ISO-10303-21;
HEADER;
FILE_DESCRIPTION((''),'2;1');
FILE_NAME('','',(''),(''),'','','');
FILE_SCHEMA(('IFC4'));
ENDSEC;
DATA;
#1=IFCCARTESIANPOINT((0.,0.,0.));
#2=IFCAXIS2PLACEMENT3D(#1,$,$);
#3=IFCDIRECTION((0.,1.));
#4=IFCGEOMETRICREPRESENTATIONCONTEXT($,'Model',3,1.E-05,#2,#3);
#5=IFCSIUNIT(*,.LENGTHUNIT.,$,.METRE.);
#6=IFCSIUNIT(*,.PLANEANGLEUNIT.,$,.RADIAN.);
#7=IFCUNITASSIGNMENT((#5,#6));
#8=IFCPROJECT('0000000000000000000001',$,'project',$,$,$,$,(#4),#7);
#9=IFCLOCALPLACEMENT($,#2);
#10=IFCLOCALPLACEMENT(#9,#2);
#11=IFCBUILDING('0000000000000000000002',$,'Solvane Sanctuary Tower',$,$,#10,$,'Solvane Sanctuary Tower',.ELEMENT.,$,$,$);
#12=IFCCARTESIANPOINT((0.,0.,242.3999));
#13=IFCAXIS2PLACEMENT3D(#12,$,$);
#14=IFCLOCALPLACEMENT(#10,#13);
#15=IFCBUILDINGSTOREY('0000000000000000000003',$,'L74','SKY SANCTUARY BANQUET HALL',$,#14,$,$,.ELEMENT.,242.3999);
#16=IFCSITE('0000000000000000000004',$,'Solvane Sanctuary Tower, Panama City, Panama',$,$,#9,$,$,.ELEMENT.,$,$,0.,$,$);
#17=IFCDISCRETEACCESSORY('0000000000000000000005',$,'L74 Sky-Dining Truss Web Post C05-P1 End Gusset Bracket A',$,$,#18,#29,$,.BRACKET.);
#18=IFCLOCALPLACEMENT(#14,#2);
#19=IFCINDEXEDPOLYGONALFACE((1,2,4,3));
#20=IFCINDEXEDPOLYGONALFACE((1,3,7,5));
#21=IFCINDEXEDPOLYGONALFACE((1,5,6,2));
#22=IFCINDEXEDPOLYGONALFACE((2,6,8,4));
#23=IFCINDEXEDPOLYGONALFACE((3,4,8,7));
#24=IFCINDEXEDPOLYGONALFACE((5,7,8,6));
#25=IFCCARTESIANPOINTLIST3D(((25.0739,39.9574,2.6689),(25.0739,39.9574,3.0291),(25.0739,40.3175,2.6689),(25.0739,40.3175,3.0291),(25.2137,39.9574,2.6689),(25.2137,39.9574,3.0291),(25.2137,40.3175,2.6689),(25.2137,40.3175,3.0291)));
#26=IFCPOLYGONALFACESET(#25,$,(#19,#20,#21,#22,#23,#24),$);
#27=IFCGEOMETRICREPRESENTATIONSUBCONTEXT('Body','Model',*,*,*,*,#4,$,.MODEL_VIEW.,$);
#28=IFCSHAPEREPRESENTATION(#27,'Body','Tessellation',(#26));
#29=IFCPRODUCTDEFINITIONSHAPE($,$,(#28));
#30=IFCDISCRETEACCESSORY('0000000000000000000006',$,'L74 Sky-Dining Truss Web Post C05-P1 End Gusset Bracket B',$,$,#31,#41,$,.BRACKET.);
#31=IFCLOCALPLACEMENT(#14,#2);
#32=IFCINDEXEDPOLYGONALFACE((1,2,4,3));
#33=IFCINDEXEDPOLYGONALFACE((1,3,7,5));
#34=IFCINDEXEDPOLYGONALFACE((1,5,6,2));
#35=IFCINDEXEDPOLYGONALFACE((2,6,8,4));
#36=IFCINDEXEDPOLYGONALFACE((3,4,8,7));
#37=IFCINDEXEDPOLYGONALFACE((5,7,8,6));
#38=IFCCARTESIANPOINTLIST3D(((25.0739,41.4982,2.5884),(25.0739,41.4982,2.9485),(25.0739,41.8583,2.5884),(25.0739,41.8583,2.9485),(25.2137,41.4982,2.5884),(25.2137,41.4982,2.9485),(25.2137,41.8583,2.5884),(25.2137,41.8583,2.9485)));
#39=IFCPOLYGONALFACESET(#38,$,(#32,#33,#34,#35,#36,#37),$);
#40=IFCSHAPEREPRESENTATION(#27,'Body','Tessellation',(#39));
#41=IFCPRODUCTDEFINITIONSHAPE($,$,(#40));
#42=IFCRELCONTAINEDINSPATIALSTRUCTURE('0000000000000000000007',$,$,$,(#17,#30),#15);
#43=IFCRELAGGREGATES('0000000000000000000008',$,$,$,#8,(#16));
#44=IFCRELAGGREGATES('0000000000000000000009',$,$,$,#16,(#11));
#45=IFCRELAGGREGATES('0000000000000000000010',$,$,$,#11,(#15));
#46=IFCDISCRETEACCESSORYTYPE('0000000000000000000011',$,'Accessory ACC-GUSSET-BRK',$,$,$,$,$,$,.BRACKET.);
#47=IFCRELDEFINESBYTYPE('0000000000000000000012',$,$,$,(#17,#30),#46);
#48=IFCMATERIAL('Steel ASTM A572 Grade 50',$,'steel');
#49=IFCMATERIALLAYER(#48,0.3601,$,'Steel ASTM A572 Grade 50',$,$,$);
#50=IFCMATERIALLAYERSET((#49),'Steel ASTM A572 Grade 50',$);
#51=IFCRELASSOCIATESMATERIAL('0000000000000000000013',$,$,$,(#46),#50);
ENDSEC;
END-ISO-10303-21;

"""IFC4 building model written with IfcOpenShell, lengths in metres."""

from ifc_helpers import new_model, si_unit, direction, frame, origin, origin_2d, place, context, subcontext, project, spatial, rectangle, extrude, material, layer, layer_set, type_object, element, save


model = new_model("IFC4")

# Units and contexts
model_context = context("Model", 3, precision=1e-05, world=origin(), true_north=direction((0.0, 1.0)))
body_context = subcontext(model_context, "Body", "Model", "MODEL_VIEW")
ifc_project = project(units=[si_unit("LENGTHUNIT", "METRE"), si_unit("PLANEANGLEUNIT", "RADIAN")], contexts=[model_context])

# Site, building, storey
site_placement = place(None, origin())
site = spatial("IfcSite", under=ifc_project, at=site_placement, Name="Solvane Sanctuary Tower, Panama City, Panama", CompositionType="ELEMENT", RefElevation=0.0)
building_placement = place(site_placement, origin())
building = spatial("IfcBuilding", under=site, at=building_placement, Name="Solvane Sanctuary Tower", LongName="Solvane Sanctuary Tower", CompositionType="ELEMENT")
storey_placement = place(building_placement, frame((0.0, 0.0, 242.3999)))
storey = spatial("IfcBuildingStorey", under=building, at=storey_placement, Name="L74", Description="SKY SANCTUARY BANQUET HALL", CompositionType="ELEMENT", Elevation=242.3999)

# Discrete accessories
ifc_material_1 = material(Name="Steel ASTM A572 Grade 50", Category="steel")
ifc_layer_1 = layer(ifc_material_1, 0.3601, Name="Steel ASTM A572 Grade 50")
ifc_layer_set_1 = layer_set([ifc_layer_1], Name="Steel ASTM A572 Grade 50")
discrete_accessory_type = type_object("IfcDiscreteAccessoryType", Name="Accessory ACC-GUSSET-BRK", PredefinedType="BRACKET", material=ifc_layer_set_1)
for number, where, z_axis, x_axis, name in (
    (1, (25.1438, 40.1375, 2.6689), (0.0, 0.0, 1.0), (0.0, 1.0, 0.0), "L74 Sky-Dining Truss Web Post C05-P1 End Gusset Bracket A"),
    (2, (25.1438, 41.6782, 2.5884), (0.0, 0.0, 1.0), (0.0, 1.0, 0.0), "L74 Sky-Dining Truss Web Post C05-P1 End Gusset Bracket B"),
):
    element("IfcDiscreteAccessory", number, at=place(storey_placement, frame(where, z_axis=z_axis, x_axis=x_axis)), inside=storey, type_object=discrete_accessory_type, Name=name, PredefinedType="BRACKET", context=body_context, shape_type="SweptSolid", body=[
        extrude(rectangle(XDim=0.3601, YDim=0.1399, at=origin_2d()), origin(), (0.0, 0.0, 1.0), 0.3601),
    ])

save(model, "model.ifc")
